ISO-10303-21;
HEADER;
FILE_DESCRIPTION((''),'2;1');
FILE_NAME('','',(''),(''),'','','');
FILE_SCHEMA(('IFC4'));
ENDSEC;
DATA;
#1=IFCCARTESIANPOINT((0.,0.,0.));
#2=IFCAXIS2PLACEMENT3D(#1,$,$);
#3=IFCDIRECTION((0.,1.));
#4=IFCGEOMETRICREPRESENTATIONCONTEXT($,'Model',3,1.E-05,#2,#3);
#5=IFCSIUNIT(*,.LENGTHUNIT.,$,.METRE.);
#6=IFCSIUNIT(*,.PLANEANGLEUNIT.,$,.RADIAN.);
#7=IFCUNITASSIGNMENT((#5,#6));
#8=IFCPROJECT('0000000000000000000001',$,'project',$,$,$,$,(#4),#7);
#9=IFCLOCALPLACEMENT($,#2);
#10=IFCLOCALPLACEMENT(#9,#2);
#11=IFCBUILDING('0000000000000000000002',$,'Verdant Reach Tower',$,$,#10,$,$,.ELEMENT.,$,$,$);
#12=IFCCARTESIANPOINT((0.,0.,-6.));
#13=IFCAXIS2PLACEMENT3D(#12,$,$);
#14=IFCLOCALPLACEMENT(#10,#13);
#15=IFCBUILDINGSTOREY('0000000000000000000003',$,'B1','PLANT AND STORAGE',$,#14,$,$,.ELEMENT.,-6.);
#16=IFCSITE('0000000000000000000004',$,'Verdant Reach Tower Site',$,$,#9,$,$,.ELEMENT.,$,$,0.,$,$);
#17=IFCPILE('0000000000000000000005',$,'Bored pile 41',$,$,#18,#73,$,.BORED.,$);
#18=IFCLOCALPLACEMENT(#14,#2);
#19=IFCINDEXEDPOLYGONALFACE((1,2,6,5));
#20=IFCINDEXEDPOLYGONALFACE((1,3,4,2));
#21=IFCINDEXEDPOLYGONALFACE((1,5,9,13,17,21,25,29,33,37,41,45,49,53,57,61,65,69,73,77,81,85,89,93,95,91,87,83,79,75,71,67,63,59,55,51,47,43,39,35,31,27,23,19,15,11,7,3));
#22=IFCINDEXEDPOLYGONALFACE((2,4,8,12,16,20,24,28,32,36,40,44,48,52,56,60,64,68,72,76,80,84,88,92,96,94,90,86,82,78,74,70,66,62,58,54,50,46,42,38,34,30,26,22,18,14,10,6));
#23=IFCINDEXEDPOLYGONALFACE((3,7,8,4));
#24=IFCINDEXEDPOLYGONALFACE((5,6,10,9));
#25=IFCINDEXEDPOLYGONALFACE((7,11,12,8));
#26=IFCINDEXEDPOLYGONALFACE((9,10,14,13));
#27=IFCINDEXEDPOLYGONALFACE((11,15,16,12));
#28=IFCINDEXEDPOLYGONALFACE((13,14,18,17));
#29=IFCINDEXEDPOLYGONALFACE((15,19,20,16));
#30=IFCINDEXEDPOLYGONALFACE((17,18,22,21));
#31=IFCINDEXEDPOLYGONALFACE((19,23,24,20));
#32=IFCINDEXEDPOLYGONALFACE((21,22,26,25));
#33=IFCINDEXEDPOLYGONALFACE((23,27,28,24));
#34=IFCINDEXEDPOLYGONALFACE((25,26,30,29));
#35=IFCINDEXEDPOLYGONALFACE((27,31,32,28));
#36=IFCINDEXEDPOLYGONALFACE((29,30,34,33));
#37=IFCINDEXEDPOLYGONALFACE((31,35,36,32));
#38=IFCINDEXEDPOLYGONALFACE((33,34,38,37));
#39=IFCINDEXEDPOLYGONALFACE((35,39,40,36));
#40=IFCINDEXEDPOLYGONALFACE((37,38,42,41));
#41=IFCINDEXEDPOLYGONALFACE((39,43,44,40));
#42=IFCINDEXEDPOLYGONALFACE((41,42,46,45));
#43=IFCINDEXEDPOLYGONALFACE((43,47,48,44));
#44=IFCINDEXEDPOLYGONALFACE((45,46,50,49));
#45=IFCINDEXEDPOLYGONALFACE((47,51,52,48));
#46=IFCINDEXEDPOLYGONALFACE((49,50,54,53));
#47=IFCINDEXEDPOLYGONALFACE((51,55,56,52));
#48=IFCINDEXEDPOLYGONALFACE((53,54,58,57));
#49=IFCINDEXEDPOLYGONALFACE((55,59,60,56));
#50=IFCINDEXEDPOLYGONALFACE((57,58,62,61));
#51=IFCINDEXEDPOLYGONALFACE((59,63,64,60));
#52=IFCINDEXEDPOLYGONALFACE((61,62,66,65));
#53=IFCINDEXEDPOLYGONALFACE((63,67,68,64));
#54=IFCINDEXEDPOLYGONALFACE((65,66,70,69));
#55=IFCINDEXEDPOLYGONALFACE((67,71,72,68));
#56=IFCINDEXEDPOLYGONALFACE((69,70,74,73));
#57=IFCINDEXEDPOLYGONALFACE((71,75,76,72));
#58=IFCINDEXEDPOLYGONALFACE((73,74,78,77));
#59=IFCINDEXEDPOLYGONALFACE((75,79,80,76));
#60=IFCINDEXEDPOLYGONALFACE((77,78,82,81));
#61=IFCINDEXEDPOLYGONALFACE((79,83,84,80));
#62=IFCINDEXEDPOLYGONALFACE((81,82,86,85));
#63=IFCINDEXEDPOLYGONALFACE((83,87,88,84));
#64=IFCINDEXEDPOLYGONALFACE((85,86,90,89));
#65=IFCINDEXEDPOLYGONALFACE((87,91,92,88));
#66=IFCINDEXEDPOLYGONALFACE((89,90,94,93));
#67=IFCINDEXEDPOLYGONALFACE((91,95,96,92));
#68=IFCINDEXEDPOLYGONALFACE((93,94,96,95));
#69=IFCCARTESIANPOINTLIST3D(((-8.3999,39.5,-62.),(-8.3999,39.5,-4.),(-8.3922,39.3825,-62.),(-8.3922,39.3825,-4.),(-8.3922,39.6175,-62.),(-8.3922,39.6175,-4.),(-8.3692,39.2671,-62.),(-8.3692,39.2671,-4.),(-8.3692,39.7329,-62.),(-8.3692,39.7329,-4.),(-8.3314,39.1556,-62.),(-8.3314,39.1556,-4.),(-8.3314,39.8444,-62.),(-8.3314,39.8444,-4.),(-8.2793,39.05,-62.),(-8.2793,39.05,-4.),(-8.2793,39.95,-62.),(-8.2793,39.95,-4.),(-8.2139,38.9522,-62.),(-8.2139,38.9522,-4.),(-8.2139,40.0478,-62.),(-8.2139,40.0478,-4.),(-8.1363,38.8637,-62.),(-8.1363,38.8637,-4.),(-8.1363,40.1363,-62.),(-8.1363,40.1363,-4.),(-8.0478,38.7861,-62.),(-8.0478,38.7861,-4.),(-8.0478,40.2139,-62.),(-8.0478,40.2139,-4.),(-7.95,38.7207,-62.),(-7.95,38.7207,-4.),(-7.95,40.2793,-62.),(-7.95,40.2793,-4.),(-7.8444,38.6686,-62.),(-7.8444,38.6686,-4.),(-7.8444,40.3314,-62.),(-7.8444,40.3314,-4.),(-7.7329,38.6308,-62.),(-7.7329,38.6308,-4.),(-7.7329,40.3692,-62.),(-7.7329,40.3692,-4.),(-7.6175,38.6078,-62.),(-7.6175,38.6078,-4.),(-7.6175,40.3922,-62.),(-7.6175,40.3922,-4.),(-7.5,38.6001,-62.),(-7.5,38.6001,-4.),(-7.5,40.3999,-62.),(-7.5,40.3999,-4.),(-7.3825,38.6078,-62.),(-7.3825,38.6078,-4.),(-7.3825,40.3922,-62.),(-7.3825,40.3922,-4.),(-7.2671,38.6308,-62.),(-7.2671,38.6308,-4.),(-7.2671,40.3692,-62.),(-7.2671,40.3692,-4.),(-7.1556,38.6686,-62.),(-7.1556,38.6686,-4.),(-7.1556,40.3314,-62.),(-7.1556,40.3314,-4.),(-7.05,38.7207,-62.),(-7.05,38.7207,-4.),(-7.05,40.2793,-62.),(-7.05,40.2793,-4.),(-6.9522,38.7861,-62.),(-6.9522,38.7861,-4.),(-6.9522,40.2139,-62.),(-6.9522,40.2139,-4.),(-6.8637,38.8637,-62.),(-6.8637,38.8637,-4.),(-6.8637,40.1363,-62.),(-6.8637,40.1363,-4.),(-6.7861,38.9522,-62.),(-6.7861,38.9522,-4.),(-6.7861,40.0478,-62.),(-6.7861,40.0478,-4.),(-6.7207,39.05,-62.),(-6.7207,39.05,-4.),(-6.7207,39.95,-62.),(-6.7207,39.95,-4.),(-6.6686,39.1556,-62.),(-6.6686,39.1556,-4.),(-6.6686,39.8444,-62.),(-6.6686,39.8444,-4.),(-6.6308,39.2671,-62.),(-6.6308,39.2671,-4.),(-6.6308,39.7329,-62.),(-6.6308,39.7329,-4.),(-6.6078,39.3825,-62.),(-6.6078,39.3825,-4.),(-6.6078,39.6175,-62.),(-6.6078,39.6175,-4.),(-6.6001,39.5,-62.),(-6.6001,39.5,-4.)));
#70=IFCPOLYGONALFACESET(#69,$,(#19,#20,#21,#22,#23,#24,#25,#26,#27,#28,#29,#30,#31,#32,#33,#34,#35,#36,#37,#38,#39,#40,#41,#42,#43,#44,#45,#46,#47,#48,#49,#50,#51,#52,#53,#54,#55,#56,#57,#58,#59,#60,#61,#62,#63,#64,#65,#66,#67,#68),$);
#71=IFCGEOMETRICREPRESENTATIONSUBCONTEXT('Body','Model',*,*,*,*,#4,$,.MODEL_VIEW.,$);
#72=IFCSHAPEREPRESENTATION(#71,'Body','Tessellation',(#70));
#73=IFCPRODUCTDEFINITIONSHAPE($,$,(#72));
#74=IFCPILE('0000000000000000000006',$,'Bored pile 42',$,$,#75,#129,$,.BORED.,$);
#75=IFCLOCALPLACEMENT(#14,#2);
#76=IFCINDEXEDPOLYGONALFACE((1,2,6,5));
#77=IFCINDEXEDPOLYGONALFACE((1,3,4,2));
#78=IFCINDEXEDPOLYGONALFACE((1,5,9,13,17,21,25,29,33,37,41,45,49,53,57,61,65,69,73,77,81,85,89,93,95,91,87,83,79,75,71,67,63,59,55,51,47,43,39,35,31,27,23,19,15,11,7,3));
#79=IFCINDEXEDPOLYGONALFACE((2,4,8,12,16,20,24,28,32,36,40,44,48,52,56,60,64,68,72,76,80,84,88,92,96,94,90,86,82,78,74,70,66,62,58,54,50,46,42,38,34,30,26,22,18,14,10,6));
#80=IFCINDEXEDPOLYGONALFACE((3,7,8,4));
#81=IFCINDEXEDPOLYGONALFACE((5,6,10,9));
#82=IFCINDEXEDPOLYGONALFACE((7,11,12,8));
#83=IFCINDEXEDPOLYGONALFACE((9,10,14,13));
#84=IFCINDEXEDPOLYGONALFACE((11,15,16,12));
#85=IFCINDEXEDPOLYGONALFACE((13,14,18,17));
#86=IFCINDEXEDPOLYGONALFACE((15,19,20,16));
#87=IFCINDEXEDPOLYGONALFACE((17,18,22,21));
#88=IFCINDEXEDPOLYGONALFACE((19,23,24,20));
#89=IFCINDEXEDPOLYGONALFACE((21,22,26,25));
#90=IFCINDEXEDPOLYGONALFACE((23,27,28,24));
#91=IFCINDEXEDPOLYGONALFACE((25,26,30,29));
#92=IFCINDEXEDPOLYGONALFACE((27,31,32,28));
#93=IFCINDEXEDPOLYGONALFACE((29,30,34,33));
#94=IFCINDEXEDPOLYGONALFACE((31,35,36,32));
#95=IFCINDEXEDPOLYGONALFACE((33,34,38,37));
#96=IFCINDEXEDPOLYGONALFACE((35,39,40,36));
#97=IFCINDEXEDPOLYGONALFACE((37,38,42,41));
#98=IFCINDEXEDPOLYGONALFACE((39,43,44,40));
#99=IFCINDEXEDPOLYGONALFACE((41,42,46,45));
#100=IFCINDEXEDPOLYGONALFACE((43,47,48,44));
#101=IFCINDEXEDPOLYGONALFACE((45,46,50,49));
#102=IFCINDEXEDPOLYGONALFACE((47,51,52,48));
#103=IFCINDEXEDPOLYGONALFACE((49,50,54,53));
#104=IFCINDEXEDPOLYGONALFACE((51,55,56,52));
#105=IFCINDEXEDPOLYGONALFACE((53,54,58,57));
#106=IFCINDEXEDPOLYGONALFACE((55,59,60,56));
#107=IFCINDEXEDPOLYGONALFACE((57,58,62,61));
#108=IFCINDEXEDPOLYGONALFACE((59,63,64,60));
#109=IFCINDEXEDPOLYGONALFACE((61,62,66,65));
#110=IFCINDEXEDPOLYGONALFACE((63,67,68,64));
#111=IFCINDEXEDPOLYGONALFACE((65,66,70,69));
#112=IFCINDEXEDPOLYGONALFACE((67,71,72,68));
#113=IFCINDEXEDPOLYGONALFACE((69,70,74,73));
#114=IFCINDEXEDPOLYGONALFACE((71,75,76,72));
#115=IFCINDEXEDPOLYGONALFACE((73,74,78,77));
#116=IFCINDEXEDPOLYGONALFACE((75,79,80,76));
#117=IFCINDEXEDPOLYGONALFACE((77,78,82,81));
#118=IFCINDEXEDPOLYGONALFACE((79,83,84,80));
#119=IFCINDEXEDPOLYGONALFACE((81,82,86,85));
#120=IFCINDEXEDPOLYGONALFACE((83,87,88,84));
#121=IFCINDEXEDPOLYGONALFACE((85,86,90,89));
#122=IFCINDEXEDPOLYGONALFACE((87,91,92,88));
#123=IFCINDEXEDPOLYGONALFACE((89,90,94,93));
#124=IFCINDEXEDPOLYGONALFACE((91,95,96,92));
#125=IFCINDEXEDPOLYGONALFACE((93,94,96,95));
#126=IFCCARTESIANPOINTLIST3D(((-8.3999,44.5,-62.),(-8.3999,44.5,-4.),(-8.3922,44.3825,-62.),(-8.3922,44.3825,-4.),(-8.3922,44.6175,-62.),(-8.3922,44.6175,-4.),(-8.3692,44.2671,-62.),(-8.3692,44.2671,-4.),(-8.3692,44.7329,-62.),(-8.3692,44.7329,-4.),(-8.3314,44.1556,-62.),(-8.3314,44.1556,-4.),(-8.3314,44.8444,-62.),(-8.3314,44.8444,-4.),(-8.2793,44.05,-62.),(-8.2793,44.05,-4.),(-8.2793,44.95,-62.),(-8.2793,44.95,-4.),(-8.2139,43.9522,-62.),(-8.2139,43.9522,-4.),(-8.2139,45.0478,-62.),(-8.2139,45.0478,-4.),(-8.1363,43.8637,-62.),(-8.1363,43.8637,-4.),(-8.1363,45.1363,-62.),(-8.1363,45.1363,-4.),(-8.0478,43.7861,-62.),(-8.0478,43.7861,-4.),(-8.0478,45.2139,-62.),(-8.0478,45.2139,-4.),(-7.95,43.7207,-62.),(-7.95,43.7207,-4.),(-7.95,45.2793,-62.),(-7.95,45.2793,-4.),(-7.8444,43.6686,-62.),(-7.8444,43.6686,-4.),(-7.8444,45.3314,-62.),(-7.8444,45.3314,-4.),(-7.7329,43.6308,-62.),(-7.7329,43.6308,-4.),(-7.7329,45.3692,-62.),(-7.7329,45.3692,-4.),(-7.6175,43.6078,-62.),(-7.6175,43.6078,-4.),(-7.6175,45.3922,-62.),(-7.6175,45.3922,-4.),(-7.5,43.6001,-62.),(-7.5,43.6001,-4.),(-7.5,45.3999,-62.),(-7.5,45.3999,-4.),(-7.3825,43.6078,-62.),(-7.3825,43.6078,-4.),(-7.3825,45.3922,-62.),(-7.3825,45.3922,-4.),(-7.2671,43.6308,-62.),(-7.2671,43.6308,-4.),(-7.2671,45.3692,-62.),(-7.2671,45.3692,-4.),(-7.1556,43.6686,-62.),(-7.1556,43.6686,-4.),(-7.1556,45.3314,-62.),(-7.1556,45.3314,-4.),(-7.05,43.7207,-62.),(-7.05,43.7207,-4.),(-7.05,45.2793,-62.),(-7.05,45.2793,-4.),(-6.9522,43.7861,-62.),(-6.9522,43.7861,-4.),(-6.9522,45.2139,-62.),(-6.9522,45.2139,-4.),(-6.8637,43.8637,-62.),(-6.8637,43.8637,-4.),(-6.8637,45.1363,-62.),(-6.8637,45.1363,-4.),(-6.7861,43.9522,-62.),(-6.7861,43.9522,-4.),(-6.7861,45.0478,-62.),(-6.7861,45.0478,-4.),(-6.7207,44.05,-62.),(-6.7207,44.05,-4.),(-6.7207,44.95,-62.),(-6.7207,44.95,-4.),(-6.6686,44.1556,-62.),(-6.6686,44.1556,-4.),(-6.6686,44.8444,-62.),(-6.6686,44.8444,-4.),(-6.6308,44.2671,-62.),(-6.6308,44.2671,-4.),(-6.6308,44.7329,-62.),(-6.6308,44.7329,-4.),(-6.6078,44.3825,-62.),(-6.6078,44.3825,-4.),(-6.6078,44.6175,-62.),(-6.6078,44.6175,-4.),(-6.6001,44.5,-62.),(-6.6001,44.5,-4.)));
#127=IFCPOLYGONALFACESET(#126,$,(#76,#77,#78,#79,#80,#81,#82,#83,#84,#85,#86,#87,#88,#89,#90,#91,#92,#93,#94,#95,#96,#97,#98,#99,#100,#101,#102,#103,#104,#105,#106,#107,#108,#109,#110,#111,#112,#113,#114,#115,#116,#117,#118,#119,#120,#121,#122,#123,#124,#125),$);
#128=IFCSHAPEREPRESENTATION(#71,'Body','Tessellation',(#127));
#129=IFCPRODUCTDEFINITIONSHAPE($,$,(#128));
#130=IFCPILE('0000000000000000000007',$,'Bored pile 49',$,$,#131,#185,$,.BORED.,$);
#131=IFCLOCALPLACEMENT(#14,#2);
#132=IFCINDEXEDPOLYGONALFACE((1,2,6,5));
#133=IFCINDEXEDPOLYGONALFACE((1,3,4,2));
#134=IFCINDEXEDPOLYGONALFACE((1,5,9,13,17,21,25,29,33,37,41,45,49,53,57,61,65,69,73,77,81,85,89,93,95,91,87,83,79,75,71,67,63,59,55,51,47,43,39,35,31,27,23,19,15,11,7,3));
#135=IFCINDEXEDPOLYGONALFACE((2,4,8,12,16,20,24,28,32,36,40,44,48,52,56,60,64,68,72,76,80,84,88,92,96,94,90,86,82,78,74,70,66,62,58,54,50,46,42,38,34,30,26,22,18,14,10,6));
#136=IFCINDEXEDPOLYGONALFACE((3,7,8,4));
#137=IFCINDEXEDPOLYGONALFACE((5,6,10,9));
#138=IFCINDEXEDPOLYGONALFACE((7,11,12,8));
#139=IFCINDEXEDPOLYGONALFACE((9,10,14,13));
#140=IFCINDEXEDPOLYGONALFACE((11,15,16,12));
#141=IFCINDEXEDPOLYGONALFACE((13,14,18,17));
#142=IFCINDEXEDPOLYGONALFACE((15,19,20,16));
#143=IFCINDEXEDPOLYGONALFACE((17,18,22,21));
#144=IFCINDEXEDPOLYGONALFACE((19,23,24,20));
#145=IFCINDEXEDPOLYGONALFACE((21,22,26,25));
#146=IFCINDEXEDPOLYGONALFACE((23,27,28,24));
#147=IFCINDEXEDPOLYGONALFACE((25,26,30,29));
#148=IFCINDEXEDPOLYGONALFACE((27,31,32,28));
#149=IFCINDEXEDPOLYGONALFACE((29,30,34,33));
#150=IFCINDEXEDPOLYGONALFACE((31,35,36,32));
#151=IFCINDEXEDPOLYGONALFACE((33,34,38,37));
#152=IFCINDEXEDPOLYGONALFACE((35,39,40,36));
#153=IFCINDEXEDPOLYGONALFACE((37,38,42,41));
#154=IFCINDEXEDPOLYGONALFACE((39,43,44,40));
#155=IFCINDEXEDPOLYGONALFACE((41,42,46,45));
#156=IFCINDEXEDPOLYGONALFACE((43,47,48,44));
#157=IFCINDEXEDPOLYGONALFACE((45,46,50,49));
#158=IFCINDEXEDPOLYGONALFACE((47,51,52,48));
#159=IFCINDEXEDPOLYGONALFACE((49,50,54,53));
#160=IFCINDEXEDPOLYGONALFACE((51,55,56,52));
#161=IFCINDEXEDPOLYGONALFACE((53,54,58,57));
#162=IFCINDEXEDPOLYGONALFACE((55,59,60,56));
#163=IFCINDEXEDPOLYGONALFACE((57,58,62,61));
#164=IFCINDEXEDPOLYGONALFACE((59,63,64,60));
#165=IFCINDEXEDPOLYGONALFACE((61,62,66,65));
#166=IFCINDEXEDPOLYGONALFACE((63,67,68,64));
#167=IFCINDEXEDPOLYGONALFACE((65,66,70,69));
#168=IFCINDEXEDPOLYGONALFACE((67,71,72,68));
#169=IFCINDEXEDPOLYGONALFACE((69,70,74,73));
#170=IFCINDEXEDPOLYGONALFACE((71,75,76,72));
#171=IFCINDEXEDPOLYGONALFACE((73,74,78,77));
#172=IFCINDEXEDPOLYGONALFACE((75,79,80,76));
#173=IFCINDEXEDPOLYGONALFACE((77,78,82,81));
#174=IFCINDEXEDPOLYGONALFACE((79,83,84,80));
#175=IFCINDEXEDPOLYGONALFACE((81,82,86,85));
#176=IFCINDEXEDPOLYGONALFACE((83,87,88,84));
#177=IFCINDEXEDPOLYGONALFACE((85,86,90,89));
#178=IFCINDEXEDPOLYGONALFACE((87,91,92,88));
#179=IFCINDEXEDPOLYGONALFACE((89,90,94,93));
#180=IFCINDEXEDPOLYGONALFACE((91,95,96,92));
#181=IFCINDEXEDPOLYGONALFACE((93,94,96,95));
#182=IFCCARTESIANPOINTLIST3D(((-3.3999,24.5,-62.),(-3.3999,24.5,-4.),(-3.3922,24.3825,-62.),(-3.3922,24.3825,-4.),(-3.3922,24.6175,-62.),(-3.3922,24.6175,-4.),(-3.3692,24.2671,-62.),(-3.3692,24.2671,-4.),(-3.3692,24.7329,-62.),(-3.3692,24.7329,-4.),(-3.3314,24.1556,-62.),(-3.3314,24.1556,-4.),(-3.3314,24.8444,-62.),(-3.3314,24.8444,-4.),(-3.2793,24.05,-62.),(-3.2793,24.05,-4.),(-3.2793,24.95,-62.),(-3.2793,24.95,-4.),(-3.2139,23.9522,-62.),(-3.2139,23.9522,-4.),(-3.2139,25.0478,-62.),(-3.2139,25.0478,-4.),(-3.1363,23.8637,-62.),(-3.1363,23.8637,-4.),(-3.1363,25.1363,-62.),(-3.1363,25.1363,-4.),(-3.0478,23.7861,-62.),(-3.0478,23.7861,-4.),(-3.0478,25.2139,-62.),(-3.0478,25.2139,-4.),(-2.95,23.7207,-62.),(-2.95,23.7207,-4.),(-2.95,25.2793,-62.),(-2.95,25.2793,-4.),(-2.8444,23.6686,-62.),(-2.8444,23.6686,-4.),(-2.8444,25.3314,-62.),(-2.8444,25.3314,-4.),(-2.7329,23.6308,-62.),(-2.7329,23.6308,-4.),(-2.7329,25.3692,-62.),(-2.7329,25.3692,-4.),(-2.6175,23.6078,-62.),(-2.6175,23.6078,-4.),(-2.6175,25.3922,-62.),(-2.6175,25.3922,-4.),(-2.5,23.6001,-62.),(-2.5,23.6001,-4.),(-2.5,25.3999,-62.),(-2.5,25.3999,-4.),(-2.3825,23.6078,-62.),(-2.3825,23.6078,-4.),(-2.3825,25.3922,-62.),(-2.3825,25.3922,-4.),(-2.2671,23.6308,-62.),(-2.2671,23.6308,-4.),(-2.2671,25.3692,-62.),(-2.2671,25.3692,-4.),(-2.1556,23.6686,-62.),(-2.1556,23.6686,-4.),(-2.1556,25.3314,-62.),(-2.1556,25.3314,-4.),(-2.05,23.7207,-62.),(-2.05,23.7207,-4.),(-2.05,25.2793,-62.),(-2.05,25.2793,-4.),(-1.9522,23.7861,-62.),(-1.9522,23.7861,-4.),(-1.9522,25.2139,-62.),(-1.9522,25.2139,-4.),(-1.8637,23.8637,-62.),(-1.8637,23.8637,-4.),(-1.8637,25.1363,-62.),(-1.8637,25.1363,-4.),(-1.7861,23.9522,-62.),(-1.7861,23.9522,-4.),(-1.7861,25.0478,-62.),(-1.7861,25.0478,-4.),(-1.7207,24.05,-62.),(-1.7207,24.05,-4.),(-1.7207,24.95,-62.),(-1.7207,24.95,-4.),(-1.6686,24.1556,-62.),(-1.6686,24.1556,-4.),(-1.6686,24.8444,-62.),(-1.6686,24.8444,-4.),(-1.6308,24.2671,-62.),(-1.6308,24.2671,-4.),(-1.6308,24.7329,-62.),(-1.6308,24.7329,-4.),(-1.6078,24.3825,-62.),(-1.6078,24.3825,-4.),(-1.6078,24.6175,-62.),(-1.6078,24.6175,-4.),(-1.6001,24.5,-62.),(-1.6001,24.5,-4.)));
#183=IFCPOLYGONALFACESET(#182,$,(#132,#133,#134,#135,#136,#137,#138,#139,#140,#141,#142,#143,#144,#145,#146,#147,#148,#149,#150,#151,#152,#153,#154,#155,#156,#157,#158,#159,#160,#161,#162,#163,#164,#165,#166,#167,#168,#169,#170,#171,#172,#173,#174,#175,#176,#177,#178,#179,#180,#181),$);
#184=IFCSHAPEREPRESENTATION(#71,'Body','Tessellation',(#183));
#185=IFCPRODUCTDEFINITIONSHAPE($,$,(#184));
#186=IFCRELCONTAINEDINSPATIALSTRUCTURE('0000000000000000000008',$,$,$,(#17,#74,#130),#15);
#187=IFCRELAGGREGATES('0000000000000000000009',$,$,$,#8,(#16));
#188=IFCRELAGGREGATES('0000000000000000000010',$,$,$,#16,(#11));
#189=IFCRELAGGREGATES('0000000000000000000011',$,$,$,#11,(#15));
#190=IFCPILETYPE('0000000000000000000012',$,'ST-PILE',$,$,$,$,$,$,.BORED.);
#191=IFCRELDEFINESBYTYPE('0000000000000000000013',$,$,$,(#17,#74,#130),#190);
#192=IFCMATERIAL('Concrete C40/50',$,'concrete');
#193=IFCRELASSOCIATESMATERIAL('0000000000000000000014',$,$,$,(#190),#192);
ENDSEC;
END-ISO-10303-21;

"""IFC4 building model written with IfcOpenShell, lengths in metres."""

from ifc_helpers import new_model, si_unit, direction, frame, origin, origin_2d, place, context, subcontext, project, spatial, circle, extrude, material, material_profile, profile_set, type_object, element, save


model = new_model("IFC4")

# Units and contexts
model_context = context("Model", 3, precision=1e-05, world=origin(), true_north=direction((0.0, 1.0)))
body_context = subcontext(model_context, "Body", "Model", "MODEL_VIEW")
ifc_project = project(units=[si_unit("LENGTHUNIT", "METRE"), si_unit("PLANEANGLEUNIT", "RADIAN")], contexts=[model_context])

# Site, building, storey
site_placement = place(None, origin())
site = spatial("IfcSite", under=ifc_project, at=site_placement, Name="Verdant Reach Tower Site", CompositionType="ELEMENT", RefElevation=0.0)
building_placement = place(site_placement, origin())
building = spatial("IfcBuilding", under=site, at=building_placement, Name="Verdant Reach Tower", CompositionType="ELEMENT")
storey_placement = place(building_placement, frame((0.0, 0.0, -6.0)))
storey = spatial("IfcBuildingStorey", under=building, at=storey_placement, Name="B1", Description="PLANT AND STORAGE", CompositionType="ELEMENT", Elevation=-6.0)

# Piles
ifc_material_1 = material(Name="Concrete C40/50", Category="concrete")
ifc_material_profile_1 = material_profile(ifc_material_1, circle(Radius=0.8999, at=origin_2d()), Name="BP 1800")
ifc_profile_set_1 = profile_set([ifc_material_profile_1], Name="Concrete C40/50")
pile_type = type_object("IfcPileType", Name="ST-PILE", PredefinedType="BORED", material=ifc_profile_set_1)
for number, where, z_axis, x_axis, name in (
    (1, (-7.5, 39.5, -4.0), (0.0, 0.0, -1.0), (1.0, 0.0, 0.0), "Bored pile 41"),
    (2, (-7.5, 44.5, -4.0), (0.0, 0.0, -1.0), (1.0, 0.0, 0.0), "Bored pile 42"),
    (3, (-2.5, 24.5, -4.0), (0.0, 0.0, -1.0), (1.0, 0.0, 0.0), "Bored pile 49"),
):
    element("IfcPile", number, at=place(storey_placement, frame(where, z_axis=z_axis, x_axis=x_axis)), inside=storey, type_object=pile_type, Name=name, PredefinedType="BORED", context=body_context, shape_type="SweptSolid", body=[
        extrude(circle(Radius=0.8999, at=origin_2d()), origin(), (0.0, 0.0, 1.0), 58.0),
    ])

save(model, "model.ifc")
